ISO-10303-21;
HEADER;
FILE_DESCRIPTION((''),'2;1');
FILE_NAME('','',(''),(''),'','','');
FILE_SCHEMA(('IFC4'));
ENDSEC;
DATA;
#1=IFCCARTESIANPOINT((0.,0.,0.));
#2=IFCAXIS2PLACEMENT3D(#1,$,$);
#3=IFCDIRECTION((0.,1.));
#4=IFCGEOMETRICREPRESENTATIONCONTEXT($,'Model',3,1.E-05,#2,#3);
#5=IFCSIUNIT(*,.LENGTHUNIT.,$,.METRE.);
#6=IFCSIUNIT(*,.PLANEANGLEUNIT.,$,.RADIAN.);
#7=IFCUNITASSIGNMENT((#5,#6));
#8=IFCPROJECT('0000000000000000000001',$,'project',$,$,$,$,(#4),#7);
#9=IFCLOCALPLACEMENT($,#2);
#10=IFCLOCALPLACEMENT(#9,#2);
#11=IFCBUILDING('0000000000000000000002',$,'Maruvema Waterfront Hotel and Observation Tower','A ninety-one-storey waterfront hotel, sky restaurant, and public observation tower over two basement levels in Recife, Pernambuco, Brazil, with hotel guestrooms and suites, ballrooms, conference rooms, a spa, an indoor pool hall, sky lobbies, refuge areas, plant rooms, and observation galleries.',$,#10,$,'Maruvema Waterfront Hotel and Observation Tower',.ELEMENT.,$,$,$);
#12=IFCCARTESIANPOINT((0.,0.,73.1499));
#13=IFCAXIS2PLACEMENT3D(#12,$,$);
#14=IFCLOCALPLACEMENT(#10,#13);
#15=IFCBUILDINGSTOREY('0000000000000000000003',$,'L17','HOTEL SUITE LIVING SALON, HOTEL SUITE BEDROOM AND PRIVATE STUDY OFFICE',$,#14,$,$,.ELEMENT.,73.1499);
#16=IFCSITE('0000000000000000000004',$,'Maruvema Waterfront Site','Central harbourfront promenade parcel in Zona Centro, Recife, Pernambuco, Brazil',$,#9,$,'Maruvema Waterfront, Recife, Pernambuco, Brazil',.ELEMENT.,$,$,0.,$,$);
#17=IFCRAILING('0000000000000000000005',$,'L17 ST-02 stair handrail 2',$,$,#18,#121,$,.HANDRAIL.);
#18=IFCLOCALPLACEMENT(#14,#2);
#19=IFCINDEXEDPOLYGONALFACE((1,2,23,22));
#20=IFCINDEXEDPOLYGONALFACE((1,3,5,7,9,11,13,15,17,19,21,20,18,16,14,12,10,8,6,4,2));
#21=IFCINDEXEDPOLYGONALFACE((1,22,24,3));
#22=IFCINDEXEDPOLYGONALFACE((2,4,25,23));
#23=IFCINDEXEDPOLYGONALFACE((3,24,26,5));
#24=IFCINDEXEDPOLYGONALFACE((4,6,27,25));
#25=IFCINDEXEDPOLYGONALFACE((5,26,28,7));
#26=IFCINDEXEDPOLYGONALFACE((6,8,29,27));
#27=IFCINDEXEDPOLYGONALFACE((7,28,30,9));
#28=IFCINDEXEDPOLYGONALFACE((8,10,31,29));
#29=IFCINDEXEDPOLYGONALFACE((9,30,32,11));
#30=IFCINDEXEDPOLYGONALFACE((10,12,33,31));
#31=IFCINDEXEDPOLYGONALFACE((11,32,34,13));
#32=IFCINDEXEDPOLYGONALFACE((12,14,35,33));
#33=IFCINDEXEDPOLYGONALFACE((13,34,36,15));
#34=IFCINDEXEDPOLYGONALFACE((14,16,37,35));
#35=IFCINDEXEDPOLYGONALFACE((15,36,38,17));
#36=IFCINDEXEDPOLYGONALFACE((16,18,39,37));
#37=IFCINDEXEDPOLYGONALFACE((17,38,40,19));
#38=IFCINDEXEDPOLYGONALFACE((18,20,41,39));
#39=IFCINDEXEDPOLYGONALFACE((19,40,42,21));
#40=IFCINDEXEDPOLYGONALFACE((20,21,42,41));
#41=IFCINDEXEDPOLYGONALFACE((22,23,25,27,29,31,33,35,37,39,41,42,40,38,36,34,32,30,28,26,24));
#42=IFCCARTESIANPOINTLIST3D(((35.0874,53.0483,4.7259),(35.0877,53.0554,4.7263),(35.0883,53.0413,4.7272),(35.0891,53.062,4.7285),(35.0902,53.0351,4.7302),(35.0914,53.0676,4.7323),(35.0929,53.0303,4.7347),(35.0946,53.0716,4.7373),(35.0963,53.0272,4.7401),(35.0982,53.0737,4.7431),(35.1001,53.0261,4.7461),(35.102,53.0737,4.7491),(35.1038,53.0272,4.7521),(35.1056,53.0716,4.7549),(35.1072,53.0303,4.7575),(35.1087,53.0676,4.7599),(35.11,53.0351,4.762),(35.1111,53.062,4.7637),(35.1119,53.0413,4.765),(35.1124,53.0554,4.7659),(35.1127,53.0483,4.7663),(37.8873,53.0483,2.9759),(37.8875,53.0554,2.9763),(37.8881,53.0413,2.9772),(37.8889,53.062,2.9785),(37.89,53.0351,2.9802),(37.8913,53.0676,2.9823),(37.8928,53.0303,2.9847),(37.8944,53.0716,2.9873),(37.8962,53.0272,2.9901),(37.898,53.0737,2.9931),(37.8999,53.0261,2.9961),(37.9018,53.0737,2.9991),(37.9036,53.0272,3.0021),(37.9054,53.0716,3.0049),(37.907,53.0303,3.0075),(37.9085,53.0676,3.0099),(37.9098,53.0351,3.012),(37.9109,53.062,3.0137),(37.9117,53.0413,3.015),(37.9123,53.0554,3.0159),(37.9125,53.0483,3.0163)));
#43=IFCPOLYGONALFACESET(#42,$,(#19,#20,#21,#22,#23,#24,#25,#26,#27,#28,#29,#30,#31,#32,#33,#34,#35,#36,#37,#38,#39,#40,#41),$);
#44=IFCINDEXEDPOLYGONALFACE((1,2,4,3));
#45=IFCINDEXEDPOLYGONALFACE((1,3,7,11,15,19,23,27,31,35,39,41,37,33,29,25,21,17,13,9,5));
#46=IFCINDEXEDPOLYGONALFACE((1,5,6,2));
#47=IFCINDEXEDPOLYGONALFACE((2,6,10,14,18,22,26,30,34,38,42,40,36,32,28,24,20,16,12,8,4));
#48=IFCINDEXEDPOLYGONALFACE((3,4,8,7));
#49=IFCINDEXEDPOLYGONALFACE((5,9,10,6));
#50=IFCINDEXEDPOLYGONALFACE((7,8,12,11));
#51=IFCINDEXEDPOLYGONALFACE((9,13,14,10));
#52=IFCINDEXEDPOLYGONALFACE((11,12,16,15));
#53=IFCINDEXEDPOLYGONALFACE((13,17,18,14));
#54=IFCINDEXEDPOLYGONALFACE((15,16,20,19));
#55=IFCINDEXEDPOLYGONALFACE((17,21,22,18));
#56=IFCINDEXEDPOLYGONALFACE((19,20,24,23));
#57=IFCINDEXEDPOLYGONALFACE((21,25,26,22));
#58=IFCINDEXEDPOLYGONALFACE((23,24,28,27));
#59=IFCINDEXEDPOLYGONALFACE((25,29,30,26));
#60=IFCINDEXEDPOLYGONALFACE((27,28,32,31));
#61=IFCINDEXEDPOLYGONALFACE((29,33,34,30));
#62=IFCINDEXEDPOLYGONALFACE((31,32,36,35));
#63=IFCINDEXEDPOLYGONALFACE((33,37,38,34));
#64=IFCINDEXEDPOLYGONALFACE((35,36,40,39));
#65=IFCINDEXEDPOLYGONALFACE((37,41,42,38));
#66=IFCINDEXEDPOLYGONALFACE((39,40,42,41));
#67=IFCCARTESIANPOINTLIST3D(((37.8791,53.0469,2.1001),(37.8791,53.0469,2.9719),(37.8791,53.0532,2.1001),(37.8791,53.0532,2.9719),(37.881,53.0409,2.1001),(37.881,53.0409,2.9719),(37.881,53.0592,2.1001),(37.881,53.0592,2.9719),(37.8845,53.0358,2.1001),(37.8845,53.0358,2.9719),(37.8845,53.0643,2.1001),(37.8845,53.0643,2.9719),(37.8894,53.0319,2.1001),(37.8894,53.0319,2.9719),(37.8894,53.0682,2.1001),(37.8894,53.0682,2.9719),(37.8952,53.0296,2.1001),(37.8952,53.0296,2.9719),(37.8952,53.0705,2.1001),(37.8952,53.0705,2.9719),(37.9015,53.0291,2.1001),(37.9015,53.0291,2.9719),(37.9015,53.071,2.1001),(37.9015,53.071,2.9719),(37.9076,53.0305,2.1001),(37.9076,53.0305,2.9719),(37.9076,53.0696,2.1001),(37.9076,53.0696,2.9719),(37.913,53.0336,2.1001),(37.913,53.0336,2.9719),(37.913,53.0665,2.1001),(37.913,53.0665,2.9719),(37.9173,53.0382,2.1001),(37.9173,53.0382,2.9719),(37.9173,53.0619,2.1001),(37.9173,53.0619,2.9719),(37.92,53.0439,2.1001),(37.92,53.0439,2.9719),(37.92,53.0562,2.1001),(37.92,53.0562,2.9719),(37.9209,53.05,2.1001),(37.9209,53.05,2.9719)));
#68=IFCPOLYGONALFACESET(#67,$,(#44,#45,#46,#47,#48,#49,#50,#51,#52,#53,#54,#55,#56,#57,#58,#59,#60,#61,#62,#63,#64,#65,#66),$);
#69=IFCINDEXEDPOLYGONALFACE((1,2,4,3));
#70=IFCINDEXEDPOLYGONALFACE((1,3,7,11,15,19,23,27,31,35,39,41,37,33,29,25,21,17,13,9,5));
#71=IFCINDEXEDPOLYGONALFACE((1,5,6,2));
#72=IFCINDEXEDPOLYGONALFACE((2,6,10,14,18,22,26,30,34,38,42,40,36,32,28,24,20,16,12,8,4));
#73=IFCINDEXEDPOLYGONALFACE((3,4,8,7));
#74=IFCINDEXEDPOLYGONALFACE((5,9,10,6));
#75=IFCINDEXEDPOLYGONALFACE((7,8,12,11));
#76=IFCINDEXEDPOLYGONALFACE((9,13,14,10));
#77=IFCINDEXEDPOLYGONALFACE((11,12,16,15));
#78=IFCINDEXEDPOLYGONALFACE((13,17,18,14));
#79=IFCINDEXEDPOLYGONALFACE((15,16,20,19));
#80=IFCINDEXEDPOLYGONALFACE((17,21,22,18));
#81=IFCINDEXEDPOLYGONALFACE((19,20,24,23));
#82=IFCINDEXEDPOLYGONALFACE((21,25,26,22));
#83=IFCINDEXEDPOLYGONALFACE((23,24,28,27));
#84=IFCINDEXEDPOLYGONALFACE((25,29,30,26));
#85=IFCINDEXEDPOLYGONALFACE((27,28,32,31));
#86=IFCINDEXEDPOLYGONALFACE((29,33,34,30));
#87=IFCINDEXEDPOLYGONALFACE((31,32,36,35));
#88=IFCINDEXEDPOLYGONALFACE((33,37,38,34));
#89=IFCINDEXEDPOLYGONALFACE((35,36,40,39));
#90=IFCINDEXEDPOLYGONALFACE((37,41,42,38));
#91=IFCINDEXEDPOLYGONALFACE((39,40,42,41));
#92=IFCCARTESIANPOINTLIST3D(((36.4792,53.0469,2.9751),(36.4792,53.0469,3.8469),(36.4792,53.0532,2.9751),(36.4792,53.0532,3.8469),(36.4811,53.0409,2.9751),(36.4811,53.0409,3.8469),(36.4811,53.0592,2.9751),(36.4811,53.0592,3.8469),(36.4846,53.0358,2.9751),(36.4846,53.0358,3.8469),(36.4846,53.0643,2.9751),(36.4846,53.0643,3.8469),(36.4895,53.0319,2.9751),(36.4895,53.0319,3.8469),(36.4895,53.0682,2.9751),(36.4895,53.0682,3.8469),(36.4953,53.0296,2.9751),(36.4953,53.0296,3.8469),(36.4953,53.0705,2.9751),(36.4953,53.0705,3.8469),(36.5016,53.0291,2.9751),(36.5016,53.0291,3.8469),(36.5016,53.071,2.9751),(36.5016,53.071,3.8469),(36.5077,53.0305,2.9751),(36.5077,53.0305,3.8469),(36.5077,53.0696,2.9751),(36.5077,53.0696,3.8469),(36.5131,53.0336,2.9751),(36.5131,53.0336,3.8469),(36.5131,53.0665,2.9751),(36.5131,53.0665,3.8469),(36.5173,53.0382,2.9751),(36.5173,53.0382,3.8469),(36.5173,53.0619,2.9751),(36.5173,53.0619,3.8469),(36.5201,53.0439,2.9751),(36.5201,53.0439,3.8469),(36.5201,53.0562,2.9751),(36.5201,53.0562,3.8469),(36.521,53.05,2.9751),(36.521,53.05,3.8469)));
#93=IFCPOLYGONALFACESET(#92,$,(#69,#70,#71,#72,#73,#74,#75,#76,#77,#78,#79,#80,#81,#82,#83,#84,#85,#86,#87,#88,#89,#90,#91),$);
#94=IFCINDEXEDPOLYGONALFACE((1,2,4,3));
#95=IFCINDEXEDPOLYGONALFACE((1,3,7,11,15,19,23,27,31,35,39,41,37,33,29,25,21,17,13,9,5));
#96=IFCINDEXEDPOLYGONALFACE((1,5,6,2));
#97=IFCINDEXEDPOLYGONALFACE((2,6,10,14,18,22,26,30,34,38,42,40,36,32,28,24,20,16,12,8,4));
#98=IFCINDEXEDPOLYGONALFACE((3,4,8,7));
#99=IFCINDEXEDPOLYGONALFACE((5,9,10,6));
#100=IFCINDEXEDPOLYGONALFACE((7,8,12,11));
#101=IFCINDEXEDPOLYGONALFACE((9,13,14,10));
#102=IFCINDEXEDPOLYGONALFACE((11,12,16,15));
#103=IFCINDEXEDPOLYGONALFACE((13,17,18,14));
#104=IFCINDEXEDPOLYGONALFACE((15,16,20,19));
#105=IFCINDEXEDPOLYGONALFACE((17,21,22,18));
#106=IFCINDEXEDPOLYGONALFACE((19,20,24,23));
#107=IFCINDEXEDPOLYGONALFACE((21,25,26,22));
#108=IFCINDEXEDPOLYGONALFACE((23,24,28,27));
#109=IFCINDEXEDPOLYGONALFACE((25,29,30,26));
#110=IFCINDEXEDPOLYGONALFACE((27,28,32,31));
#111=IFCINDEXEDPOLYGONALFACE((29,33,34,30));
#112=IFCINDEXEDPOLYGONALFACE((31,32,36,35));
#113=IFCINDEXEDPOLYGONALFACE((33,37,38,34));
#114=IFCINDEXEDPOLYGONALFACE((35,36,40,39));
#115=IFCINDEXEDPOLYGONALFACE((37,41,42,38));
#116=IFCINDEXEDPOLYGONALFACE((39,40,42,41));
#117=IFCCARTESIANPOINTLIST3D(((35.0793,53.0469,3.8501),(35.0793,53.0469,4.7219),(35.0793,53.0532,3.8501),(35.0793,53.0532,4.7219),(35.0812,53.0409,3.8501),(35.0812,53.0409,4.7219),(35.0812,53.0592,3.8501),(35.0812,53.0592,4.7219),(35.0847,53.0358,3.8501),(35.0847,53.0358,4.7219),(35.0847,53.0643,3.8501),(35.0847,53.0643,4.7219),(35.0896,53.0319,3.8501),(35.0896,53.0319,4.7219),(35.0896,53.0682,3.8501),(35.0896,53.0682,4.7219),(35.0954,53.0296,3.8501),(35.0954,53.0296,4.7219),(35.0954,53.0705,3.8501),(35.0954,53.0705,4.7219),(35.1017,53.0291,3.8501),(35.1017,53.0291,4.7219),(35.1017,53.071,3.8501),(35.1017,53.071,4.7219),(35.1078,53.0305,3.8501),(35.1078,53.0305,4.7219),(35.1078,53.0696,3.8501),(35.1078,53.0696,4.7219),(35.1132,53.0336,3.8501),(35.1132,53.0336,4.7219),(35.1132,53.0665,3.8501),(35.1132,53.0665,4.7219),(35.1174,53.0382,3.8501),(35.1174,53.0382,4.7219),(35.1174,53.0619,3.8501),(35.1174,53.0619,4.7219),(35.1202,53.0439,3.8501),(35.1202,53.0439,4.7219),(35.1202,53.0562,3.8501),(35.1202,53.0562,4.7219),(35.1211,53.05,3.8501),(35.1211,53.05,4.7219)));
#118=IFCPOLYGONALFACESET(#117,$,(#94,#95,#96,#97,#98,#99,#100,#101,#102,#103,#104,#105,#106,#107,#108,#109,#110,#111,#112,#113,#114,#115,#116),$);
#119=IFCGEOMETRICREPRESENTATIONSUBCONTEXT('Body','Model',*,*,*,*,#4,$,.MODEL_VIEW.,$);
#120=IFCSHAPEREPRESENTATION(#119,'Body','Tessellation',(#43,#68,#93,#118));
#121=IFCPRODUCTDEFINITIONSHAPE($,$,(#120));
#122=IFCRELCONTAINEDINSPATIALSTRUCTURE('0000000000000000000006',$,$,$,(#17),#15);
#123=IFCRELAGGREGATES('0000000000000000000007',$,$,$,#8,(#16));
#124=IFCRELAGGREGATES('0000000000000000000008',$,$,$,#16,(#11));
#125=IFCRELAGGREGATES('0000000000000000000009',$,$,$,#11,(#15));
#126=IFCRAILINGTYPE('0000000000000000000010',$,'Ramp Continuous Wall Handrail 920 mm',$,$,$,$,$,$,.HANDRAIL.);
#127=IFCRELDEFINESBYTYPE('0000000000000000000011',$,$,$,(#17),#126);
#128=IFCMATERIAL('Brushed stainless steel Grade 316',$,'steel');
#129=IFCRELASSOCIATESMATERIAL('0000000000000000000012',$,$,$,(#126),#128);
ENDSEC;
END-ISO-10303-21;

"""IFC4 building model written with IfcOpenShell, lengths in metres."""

from ifc_helpers import new_model, si_unit, direction, frame, origin, origin_2d, place, context, subcontext, project, spatial, circle, extrude, material, type_object, element, save


model = new_model("IFC4")

# Units and contexts
model_context = context("Model", 3, precision=1e-05, world=origin(), true_north=direction((0.0, 1.0)))
body_context = subcontext(model_context, "Body", "Model", "MODEL_VIEW")
ifc_project = project(units=[si_unit("LENGTHUNIT", "METRE"), si_unit("PLANEANGLEUNIT", "RADIAN")], contexts=[model_context])

# Site, building, storey
site_placement = place(None, origin())
site = spatial("IfcSite", under=ifc_project, at=site_placement, Name="Maruvema Waterfront Site", Description="Central harbourfront promenade parcel in Zona Centro, Recife, Pernambuco, Brazil", LongName="Maruvema Waterfront, Recife, Pernambuco, Brazil", CompositionType="ELEMENT", RefElevation=0.0)
building_placement = place(site_placement, origin())
building = spatial("IfcBuilding", under=site, at=building_placement, Name="Maruvema Waterfront Hotel and Observation Tower", Description="A ninety-one-storey waterfront hotel, sky restaurant, and public observation tower over two basement levels in Recife, Pernambuco, Brazil, with hotel guestrooms and suites, ballrooms, conference rooms, a spa, an indoor pool hall, sky lobbies, refuge areas, plant rooms, and observation galleries.", LongName="Maruvema Waterfront Hotel and Observation Tower", CompositionType="ELEMENT")
storey_placement = place(building_placement, frame((0.0, 0.0, 73.1499)))
storey = spatial("IfcBuildingStorey", under=building, at=storey_placement, Name="L17", Description="HOTEL SUITE LIVING SALON, HOTEL SUITE BEDROOM AND PRIVATE STUDY OFFICE", CompositionType="ELEMENT", Elevation=73.1499)

# Railing
ifc_material_1 = material(Name="Brushed stainless steel Grade 316", Category="steel")
railing_type_1 = type_object("IfcRailingType", Name="Ramp Continuous Wall Handrail 920 mm", PredefinedType="HANDRAIL", material=ifc_material_1)
railing_1_placement = place(storey_placement, frame((37.8999, 53.05, 2.1001)))
element("IfcRailing", 1, at=railing_1_placement, inside=storey, type_object=railing_type_1, Name="L17 ST-02 stair handrail 2", PredefinedType="HANDRAIL", context=body_context, shape_type="SweptSolid", body=[
    extrude(circle(Radius=0.0239, at=origin_2d()), frame((0.0, 0.0, 0.896), z_axis=(-0.847982, 0.0, 0.530026), x_axis=(0.0, -1.0, 0.0)), (0.0, 0.0, 1.0), 3.3018),
    extrude(circle(Radius=0.021, at=origin_2d()), origin(), (0.0, 0.0, 1.0), 0.8718),
    extrude(circle(Radius=0.021, at=origin_2d()), frame((-1.3999, 0.0, 0.875)), (0.0, 0.0, 1.0), 0.8718),
    extrude(circle(Radius=0.021, at=origin_2d()), frame((-2.7998, 0.0, 1.75)), (0.0, 0.0, 1.0), 0.8718),
])

save(model, "model.ifc")
